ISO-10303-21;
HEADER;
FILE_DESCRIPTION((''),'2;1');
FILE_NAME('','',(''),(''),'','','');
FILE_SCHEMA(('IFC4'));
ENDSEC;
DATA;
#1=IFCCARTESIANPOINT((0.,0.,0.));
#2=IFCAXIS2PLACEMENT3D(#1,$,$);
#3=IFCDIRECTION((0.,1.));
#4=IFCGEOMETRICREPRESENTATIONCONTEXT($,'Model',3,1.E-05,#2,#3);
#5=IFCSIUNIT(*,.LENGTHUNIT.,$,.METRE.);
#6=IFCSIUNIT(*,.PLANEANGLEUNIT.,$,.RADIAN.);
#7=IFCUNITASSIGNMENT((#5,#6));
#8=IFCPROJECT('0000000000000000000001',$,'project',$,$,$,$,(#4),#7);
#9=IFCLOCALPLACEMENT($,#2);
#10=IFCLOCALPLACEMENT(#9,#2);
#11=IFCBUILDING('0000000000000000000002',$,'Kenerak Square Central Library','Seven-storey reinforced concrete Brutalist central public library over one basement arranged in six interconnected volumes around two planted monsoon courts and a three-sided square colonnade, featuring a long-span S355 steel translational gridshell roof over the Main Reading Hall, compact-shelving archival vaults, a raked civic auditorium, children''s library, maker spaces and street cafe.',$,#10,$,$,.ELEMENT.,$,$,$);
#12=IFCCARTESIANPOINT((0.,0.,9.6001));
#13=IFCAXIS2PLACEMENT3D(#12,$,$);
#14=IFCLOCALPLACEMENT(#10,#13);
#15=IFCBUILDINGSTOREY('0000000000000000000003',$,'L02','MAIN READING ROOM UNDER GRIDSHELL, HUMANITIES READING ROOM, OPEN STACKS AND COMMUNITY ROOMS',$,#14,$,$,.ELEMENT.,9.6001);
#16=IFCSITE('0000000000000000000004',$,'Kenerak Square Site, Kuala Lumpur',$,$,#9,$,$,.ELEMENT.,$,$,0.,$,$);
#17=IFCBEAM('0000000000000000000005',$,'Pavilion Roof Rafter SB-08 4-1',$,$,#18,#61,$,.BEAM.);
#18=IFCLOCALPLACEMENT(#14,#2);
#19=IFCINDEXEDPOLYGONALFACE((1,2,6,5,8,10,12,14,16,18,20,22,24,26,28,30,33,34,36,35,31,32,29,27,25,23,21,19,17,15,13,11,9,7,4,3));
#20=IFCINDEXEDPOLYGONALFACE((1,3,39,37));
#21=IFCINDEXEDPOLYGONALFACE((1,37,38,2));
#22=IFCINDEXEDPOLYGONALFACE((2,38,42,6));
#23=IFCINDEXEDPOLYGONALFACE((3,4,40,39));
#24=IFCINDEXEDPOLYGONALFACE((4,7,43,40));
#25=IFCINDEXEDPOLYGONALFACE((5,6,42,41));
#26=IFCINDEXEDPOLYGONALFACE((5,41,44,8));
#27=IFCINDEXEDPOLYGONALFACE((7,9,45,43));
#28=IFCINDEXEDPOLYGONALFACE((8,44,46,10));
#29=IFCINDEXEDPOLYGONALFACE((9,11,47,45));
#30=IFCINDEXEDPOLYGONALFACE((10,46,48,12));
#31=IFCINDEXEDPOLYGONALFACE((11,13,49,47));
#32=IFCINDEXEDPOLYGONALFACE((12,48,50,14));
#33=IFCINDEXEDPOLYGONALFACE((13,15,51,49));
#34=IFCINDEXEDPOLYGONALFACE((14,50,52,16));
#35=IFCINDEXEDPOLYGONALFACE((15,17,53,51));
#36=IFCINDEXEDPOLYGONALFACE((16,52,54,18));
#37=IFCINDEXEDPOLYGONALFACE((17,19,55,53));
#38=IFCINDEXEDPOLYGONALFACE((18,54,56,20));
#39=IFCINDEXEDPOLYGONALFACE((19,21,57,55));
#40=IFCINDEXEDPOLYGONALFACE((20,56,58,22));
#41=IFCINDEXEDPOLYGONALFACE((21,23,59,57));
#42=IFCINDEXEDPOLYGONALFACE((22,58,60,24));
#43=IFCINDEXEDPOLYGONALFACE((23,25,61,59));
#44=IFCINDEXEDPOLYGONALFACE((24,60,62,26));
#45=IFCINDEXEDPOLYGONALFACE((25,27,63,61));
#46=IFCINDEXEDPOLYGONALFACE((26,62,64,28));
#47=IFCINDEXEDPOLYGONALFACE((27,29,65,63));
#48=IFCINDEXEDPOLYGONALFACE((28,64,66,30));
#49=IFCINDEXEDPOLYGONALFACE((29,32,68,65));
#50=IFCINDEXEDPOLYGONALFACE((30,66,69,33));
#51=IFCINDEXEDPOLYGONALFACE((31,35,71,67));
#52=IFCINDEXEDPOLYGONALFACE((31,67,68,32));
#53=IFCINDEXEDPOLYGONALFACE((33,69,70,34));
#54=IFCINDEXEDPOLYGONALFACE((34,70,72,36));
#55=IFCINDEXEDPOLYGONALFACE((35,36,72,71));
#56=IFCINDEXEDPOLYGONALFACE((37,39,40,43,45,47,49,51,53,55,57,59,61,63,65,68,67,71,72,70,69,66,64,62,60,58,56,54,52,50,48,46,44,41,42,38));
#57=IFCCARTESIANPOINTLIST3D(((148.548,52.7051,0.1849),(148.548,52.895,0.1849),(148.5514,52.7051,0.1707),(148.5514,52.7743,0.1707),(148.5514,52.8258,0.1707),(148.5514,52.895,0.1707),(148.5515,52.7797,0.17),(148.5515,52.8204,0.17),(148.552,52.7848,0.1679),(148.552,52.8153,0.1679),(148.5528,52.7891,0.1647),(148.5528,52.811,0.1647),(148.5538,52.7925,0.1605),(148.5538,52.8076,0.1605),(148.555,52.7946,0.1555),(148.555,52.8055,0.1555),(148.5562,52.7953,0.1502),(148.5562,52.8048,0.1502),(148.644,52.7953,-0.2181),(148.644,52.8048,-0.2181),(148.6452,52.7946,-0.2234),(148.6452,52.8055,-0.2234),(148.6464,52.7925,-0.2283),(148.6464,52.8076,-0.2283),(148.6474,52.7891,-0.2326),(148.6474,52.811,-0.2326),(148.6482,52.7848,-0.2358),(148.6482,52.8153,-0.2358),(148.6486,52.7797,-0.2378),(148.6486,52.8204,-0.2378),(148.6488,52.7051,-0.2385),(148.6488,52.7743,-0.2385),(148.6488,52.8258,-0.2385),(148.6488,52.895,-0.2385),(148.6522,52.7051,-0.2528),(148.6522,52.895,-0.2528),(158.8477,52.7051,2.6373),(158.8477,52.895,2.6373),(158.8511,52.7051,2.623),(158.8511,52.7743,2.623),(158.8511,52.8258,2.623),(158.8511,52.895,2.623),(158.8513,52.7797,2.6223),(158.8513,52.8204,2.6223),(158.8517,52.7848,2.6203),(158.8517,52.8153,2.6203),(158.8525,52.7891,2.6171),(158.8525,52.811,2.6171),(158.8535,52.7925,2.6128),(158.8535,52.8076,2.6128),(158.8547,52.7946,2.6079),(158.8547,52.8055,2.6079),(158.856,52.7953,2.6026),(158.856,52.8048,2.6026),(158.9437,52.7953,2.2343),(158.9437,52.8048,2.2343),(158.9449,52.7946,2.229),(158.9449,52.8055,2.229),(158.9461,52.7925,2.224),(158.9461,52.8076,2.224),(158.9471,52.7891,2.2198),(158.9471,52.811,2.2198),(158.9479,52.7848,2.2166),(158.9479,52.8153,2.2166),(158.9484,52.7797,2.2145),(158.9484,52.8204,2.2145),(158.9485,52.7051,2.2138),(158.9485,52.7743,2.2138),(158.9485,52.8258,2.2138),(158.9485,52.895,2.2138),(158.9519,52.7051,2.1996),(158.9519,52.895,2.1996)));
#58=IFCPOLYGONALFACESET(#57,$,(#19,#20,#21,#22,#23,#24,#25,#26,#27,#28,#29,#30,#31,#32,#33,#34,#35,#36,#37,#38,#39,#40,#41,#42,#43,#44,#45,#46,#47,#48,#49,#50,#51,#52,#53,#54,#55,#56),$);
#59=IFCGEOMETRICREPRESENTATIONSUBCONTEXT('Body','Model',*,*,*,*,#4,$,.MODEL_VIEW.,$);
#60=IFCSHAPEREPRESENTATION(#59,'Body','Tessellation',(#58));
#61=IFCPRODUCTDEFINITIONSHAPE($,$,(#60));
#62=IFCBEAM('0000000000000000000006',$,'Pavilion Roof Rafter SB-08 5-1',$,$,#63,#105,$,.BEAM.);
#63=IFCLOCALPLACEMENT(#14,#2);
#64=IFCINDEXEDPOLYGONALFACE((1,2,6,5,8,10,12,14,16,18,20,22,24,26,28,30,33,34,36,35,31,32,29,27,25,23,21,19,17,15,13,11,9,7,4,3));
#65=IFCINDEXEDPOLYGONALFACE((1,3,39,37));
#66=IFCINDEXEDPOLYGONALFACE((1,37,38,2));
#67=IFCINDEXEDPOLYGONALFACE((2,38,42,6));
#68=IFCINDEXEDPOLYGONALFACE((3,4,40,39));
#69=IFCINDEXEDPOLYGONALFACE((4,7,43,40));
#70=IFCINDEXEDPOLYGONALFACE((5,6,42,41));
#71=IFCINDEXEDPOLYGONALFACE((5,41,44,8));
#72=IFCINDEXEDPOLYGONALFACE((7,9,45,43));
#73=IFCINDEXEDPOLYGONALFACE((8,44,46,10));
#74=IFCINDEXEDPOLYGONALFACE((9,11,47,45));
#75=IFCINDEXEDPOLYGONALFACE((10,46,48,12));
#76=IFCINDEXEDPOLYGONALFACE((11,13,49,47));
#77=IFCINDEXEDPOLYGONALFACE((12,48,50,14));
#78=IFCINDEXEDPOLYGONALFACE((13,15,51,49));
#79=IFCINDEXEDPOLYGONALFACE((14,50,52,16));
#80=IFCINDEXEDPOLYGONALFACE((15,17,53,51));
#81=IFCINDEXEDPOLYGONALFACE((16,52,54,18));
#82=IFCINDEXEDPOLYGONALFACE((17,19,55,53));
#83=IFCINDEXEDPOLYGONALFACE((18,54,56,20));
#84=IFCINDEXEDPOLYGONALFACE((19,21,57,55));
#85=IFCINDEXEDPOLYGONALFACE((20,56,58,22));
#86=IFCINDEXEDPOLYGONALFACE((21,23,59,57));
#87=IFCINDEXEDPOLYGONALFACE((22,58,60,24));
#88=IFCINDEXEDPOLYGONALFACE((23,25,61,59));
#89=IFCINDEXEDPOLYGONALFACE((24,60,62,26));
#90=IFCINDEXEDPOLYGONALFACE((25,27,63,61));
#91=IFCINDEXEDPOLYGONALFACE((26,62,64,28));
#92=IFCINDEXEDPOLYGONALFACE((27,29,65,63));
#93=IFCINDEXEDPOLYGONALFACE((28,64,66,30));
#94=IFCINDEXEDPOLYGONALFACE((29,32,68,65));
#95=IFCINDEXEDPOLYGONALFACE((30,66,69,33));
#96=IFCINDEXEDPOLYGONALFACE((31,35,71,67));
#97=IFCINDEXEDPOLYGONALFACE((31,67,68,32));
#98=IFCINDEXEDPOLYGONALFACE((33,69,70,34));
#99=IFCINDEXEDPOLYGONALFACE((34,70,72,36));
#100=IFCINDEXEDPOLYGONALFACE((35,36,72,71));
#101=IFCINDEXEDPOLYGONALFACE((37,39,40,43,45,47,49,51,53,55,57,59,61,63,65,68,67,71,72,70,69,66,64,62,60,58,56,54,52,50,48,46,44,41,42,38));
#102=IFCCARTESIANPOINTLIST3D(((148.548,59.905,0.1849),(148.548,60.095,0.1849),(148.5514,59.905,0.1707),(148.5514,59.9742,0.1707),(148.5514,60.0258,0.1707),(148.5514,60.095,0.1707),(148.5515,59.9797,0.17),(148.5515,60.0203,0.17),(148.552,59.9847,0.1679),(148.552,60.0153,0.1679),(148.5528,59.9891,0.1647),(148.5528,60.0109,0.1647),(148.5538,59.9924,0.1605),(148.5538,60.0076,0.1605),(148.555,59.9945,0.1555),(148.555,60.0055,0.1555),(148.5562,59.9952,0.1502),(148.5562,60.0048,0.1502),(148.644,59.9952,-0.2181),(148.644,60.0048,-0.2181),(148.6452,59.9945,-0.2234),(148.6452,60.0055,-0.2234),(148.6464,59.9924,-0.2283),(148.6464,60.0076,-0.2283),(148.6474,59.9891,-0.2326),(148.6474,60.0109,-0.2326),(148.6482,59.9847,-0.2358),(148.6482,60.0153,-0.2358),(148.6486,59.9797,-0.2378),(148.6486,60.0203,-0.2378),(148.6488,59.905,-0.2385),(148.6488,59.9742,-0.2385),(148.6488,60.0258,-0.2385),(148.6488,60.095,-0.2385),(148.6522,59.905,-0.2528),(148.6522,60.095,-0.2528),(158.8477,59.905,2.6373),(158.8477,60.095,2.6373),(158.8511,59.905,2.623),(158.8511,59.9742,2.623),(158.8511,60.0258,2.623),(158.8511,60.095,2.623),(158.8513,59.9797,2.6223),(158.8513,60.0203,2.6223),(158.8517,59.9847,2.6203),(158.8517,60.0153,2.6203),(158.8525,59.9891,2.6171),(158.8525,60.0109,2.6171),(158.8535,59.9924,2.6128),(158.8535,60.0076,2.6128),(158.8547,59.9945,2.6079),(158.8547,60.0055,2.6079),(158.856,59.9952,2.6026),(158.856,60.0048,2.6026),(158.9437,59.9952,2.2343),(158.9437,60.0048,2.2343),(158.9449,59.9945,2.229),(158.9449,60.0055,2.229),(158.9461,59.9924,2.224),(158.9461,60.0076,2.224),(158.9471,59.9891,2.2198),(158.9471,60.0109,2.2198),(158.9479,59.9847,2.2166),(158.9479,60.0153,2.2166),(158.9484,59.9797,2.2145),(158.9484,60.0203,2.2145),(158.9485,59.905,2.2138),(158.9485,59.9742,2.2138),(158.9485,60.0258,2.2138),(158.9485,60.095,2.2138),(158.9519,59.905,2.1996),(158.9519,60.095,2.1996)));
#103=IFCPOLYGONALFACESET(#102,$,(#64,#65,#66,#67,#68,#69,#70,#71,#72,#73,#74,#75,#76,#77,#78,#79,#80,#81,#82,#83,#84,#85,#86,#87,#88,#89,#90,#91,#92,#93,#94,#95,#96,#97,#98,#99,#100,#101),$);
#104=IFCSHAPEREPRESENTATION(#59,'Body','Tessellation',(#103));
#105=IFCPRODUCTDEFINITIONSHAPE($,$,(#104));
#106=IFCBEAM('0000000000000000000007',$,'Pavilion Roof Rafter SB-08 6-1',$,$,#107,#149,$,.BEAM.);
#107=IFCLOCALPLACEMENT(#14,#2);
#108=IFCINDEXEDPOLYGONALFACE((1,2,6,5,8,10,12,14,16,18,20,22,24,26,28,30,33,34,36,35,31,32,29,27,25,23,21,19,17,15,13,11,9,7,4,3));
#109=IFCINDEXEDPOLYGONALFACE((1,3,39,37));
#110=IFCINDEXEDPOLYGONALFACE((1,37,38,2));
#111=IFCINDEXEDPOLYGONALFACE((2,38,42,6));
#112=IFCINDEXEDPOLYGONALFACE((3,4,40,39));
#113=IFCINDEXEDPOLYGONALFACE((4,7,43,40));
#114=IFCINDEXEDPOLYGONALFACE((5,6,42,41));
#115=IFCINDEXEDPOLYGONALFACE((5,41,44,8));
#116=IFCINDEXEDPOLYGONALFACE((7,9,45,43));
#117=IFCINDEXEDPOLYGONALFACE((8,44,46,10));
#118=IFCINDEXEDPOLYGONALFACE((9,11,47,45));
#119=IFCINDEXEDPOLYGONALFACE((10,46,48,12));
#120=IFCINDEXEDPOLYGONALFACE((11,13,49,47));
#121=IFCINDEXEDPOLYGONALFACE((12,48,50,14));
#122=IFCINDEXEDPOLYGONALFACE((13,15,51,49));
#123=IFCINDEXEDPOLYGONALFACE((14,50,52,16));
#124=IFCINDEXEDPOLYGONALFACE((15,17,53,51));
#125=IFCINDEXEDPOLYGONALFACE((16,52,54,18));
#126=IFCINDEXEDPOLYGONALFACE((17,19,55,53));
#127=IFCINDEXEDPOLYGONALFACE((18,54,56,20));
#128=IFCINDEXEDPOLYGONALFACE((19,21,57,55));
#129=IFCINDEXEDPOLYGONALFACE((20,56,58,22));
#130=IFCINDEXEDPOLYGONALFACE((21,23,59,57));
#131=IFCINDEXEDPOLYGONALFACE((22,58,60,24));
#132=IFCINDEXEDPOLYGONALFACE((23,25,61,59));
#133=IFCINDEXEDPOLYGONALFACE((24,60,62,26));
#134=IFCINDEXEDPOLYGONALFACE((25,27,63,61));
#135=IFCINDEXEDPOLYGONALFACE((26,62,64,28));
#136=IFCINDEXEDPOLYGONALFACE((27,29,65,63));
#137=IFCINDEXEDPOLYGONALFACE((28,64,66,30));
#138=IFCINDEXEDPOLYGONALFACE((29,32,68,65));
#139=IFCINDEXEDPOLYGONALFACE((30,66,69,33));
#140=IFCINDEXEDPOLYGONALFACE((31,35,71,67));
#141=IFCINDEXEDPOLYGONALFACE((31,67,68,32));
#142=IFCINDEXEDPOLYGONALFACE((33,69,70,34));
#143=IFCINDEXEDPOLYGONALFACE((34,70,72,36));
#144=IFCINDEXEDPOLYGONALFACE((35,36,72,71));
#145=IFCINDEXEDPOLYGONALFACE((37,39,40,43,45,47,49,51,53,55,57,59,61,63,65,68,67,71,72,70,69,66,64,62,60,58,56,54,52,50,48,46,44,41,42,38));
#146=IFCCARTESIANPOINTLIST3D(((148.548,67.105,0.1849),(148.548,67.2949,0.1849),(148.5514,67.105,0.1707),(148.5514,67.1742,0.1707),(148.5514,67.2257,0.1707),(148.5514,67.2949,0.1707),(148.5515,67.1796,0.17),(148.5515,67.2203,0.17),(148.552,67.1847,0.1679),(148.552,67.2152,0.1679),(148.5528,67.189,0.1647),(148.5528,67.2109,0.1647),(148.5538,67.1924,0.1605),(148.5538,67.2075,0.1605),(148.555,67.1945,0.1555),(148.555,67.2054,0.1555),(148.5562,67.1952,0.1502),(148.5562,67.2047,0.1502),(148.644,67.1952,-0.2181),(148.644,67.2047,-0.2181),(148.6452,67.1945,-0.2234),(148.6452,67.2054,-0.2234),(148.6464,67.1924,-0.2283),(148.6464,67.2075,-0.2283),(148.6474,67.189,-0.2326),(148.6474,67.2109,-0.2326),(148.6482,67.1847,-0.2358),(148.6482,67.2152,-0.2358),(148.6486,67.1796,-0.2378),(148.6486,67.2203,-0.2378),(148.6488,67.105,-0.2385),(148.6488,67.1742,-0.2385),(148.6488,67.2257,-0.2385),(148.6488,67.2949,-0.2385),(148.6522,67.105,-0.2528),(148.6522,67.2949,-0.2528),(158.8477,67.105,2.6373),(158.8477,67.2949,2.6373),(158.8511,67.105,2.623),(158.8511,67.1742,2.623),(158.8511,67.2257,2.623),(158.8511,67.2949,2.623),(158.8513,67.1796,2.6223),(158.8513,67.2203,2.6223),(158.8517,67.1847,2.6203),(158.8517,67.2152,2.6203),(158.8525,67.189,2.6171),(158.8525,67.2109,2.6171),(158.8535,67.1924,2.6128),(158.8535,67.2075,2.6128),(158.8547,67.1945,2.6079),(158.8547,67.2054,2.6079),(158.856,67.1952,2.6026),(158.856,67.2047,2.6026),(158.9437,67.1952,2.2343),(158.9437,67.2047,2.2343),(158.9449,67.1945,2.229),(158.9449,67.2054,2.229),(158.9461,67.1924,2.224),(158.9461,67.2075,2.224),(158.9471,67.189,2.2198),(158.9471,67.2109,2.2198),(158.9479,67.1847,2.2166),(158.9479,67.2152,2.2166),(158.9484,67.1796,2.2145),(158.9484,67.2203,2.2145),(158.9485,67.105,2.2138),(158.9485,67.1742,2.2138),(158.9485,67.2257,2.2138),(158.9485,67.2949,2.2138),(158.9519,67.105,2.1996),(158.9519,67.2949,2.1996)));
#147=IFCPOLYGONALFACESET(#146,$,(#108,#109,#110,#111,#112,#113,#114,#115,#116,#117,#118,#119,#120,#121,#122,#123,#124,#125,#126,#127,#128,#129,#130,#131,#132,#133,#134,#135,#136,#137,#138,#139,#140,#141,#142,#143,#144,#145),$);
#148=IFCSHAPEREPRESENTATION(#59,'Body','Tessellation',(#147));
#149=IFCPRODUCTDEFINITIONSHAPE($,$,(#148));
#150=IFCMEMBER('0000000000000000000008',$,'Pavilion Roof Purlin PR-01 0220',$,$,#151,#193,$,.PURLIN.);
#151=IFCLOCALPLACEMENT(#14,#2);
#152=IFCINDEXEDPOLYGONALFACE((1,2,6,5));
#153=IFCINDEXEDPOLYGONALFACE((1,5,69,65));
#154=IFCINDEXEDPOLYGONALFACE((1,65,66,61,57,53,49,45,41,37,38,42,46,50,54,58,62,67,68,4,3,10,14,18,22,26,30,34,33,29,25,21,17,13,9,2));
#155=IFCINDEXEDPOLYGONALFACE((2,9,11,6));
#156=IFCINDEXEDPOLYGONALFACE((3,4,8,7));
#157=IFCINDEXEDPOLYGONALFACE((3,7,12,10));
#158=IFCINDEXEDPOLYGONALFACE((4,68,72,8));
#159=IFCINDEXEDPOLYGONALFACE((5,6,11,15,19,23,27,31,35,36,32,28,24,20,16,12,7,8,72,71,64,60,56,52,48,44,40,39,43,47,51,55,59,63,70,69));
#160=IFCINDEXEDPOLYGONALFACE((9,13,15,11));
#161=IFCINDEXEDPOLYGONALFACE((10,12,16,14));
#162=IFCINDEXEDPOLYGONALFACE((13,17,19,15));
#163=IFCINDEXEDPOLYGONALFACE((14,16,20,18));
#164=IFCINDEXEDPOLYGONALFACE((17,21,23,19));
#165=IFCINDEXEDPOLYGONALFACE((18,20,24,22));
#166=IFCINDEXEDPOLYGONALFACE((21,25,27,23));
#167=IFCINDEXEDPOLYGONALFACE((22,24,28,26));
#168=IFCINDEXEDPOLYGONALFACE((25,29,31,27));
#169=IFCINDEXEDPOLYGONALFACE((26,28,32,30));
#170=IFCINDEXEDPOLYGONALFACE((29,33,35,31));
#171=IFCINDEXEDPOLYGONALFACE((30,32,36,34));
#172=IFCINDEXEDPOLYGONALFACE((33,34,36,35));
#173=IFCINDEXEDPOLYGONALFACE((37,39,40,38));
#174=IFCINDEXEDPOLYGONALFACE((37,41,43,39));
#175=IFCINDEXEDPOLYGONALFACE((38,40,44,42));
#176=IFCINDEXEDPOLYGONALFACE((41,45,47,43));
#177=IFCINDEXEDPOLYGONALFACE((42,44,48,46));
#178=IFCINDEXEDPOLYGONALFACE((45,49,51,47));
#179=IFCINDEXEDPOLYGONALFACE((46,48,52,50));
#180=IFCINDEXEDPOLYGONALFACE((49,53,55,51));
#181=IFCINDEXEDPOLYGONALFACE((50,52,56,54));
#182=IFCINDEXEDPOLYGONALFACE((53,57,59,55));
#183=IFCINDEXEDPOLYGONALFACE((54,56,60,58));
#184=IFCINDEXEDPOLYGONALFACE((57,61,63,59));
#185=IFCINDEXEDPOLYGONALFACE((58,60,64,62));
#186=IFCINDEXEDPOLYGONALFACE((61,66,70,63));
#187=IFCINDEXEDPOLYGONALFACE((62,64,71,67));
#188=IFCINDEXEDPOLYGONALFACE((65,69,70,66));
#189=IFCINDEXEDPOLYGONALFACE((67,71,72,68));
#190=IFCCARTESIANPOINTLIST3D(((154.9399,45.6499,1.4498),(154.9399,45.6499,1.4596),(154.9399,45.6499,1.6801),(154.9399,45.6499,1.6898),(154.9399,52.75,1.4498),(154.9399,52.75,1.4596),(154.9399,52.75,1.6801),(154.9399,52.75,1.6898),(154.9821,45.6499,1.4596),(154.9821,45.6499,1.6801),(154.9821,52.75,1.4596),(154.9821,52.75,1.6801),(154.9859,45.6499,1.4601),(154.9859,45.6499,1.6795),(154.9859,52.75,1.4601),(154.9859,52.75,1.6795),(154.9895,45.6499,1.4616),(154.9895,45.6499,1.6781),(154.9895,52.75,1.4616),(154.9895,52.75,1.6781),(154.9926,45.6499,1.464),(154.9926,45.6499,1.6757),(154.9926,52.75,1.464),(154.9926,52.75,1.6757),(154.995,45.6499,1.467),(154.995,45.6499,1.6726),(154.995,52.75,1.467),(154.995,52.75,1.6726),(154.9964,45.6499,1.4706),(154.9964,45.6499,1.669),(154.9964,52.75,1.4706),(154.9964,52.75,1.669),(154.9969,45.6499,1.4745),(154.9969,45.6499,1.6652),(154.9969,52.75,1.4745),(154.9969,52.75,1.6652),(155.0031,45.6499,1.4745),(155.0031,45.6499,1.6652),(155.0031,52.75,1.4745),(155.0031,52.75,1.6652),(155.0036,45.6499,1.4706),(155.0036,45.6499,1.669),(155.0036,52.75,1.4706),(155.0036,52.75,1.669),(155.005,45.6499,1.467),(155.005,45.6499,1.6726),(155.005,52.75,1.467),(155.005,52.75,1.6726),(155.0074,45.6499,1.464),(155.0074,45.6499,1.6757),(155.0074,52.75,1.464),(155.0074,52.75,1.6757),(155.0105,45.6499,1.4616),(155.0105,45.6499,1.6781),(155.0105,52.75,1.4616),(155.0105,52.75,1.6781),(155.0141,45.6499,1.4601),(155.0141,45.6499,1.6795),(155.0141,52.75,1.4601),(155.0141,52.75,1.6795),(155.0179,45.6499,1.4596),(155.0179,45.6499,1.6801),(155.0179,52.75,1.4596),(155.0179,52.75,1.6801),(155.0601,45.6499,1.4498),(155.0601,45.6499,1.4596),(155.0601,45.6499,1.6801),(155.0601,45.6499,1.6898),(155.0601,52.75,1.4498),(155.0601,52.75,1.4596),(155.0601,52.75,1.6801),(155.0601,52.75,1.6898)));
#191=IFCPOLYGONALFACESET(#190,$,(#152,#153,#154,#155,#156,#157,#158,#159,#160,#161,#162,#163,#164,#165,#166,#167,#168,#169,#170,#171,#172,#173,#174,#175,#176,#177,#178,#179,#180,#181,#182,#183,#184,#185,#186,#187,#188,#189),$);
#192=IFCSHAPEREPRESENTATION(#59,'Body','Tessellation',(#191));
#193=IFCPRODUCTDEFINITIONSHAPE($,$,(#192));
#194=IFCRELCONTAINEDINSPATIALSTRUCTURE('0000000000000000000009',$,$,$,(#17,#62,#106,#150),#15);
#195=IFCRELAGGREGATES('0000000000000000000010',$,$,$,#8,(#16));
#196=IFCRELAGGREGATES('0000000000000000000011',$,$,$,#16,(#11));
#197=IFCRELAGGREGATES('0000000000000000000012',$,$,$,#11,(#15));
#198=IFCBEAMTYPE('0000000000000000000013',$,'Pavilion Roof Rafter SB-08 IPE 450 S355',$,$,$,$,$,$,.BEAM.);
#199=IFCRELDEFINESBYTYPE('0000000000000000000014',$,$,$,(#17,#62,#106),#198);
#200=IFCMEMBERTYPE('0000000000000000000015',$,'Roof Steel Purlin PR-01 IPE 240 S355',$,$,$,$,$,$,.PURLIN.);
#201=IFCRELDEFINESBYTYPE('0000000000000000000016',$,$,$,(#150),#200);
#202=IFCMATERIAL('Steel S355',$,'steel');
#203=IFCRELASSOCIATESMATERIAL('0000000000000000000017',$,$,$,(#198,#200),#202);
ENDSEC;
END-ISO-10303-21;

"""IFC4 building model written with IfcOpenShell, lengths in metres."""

from ifc_helpers import new_model, si_unit, direction, frame, origin, origin_2d, place, context, subcontext, project, spatial, i_section, extrude, material, material_profile, profile_set, type_object, element, save


model = new_model("IFC4")

# Units and contexts
model_context = context("Model", 3, precision=1e-05, world=origin(), true_north=direction((0.0, 1.0)))
body_context = subcontext(model_context, "Body", "Model", "MODEL_VIEW")
ifc_project = project(units=[si_unit("LENGTHUNIT", "METRE"), si_unit("PLANEANGLEUNIT", "RADIAN")], contexts=[model_context])

# Site, building, storey
site_placement = place(None, origin())
site = spatial("IfcSite", under=ifc_project, at=site_placement, Name="Kenerak Square Site, Kuala Lumpur", CompositionType="ELEMENT", RefElevation=0.0)
building_placement = place(site_placement, origin())
building = spatial("IfcBuilding", under=site, at=building_placement, Name="Kenerak Square Central Library", Description="Seven-storey reinforced concrete Brutalist central public library over one basement arranged in six interconnected volumes around two planted monsoon courts and a three-sided square colonnade, featuring a long-span S355 steel translational gridshell roof over the Main Reading Hall, compact-shelving archival vaults, a raked civic auditorium, children's library, maker spaces and street cafe.", CompositionType="ELEMENT")
storey_placement = place(building_placement, frame((0.0, 0.0, 9.6001)))
storey = spatial("IfcBuildingStorey", under=building, at=storey_placement, Name="L02", Description="MAIN READING ROOM UNDER GRIDSHELL, HUMANITIES READING ROOM, OPEN STACKS AND COMMUNITY ROOMS", CompositionType="ELEMENT", Elevation=9.6001)

# Shared definitions
ifc_material_1 = material(Name="Steel S355", Category="steel")

# Beams
ifc_material_profile_1 = material_profile(ifc_material_1, i_section(OverallWidth=0.1899, OverallDepth=0.45, WebThickness=0.0095, FlangeThickness=0.0146, FilletRadius=0.021, at=origin_2d()), Name="IPE 450")
ifc_profile_set_1 = profile_set([ifc_material_profile_1], Name="Steel S355")
beam_type = type_object("IfcBeamType", Name="Pavilion Roof Rafter SB-08 IPE 450 S355", PredefinedType="BEAM", material=ifc_profile_set_1)
for number, where, z_axis, x_axis, name in (
    (1, (148.6001, 52.8, -0.0339), (0.972805, 0.0, 0.231626), (0.0, 1.0, 0.0), "Pavilion Roof Rafter SB-08 4-1"),
    (2, (148.6001, 60.0, -0.0339), (0.972805, 0.0, 0.231626), (0.0, 1.0, 0.0), "Pavilion Roof Rafter SB-08 5-1"),
    (3, (148.6001, 67.2, -0.0339), (0.972805, 0.0, 0.231626), (0.0, 1.0, 0.0), "Pavilion Roof Rafter SB-08 6-1"),
):
    element("IfcBeam", number, at=place(storey_placement, frame(where, z_axis=z_axis, x_axis=x_axis)), inside=storey, type_object=beam_type, Name=name, PredefinedType="BEAM", context=body_context, shape_type="SweptSolid", body=[
        extrude(i_section(OverallWidth=0.1899, OverallDepth=0.45, WebThickness=0.0095, FlangeThickness=0.0146, FilletRadius=0.021, at=origin_2d()), origin(), (0.0, 0.0, 1.0), 10.5876),
    ])

# Member
ifc_material_profile_2 = material_profile(ifc_material_1, i_section(OverallWidth=0.1201, OverallDepth=0.24, WebThickness=0.0061, FlangeThickness=0.0098, FilletRadius=0.0149, at=origin_2d()), Name="IPE 240")
ifc_profile_set_2 = profile_set([ifc_material_profile_2], Name="Steel S355")
member_type_1 = type_object("IfcMemberType", Name="Roof Steel Purlin PR-01 IPE 240 S355", PredefinedType="PURLIN", material=ifc_profile_set_2)
member_1_placement = place(storey_placement, frame((155.0, 45.6499, 1.5698), z_axis=(0.0, 1.0, 0.0), x_axis=(-1.0, 0.0, 0.0)))
element("IfcMember", 4, at=member_1_placement, inside=storey, type_object=member_type_1, Name="Pavilion Roof Purlin PR-01 0220", PredefinedType="PURLIN", context=body_context, shape_type="SweptSolid", body=[
    extrude(i_section(OverallWidth=0.1201, OverallDepth=0.24, WebThickness=0.0061, FlangeThickness=0.0098, FilletRadius=0.0149, at=origin_2d()), origin(), (0.0, 0.0, 1.0), 7.1001),
])

save(model, "model.ifc")
